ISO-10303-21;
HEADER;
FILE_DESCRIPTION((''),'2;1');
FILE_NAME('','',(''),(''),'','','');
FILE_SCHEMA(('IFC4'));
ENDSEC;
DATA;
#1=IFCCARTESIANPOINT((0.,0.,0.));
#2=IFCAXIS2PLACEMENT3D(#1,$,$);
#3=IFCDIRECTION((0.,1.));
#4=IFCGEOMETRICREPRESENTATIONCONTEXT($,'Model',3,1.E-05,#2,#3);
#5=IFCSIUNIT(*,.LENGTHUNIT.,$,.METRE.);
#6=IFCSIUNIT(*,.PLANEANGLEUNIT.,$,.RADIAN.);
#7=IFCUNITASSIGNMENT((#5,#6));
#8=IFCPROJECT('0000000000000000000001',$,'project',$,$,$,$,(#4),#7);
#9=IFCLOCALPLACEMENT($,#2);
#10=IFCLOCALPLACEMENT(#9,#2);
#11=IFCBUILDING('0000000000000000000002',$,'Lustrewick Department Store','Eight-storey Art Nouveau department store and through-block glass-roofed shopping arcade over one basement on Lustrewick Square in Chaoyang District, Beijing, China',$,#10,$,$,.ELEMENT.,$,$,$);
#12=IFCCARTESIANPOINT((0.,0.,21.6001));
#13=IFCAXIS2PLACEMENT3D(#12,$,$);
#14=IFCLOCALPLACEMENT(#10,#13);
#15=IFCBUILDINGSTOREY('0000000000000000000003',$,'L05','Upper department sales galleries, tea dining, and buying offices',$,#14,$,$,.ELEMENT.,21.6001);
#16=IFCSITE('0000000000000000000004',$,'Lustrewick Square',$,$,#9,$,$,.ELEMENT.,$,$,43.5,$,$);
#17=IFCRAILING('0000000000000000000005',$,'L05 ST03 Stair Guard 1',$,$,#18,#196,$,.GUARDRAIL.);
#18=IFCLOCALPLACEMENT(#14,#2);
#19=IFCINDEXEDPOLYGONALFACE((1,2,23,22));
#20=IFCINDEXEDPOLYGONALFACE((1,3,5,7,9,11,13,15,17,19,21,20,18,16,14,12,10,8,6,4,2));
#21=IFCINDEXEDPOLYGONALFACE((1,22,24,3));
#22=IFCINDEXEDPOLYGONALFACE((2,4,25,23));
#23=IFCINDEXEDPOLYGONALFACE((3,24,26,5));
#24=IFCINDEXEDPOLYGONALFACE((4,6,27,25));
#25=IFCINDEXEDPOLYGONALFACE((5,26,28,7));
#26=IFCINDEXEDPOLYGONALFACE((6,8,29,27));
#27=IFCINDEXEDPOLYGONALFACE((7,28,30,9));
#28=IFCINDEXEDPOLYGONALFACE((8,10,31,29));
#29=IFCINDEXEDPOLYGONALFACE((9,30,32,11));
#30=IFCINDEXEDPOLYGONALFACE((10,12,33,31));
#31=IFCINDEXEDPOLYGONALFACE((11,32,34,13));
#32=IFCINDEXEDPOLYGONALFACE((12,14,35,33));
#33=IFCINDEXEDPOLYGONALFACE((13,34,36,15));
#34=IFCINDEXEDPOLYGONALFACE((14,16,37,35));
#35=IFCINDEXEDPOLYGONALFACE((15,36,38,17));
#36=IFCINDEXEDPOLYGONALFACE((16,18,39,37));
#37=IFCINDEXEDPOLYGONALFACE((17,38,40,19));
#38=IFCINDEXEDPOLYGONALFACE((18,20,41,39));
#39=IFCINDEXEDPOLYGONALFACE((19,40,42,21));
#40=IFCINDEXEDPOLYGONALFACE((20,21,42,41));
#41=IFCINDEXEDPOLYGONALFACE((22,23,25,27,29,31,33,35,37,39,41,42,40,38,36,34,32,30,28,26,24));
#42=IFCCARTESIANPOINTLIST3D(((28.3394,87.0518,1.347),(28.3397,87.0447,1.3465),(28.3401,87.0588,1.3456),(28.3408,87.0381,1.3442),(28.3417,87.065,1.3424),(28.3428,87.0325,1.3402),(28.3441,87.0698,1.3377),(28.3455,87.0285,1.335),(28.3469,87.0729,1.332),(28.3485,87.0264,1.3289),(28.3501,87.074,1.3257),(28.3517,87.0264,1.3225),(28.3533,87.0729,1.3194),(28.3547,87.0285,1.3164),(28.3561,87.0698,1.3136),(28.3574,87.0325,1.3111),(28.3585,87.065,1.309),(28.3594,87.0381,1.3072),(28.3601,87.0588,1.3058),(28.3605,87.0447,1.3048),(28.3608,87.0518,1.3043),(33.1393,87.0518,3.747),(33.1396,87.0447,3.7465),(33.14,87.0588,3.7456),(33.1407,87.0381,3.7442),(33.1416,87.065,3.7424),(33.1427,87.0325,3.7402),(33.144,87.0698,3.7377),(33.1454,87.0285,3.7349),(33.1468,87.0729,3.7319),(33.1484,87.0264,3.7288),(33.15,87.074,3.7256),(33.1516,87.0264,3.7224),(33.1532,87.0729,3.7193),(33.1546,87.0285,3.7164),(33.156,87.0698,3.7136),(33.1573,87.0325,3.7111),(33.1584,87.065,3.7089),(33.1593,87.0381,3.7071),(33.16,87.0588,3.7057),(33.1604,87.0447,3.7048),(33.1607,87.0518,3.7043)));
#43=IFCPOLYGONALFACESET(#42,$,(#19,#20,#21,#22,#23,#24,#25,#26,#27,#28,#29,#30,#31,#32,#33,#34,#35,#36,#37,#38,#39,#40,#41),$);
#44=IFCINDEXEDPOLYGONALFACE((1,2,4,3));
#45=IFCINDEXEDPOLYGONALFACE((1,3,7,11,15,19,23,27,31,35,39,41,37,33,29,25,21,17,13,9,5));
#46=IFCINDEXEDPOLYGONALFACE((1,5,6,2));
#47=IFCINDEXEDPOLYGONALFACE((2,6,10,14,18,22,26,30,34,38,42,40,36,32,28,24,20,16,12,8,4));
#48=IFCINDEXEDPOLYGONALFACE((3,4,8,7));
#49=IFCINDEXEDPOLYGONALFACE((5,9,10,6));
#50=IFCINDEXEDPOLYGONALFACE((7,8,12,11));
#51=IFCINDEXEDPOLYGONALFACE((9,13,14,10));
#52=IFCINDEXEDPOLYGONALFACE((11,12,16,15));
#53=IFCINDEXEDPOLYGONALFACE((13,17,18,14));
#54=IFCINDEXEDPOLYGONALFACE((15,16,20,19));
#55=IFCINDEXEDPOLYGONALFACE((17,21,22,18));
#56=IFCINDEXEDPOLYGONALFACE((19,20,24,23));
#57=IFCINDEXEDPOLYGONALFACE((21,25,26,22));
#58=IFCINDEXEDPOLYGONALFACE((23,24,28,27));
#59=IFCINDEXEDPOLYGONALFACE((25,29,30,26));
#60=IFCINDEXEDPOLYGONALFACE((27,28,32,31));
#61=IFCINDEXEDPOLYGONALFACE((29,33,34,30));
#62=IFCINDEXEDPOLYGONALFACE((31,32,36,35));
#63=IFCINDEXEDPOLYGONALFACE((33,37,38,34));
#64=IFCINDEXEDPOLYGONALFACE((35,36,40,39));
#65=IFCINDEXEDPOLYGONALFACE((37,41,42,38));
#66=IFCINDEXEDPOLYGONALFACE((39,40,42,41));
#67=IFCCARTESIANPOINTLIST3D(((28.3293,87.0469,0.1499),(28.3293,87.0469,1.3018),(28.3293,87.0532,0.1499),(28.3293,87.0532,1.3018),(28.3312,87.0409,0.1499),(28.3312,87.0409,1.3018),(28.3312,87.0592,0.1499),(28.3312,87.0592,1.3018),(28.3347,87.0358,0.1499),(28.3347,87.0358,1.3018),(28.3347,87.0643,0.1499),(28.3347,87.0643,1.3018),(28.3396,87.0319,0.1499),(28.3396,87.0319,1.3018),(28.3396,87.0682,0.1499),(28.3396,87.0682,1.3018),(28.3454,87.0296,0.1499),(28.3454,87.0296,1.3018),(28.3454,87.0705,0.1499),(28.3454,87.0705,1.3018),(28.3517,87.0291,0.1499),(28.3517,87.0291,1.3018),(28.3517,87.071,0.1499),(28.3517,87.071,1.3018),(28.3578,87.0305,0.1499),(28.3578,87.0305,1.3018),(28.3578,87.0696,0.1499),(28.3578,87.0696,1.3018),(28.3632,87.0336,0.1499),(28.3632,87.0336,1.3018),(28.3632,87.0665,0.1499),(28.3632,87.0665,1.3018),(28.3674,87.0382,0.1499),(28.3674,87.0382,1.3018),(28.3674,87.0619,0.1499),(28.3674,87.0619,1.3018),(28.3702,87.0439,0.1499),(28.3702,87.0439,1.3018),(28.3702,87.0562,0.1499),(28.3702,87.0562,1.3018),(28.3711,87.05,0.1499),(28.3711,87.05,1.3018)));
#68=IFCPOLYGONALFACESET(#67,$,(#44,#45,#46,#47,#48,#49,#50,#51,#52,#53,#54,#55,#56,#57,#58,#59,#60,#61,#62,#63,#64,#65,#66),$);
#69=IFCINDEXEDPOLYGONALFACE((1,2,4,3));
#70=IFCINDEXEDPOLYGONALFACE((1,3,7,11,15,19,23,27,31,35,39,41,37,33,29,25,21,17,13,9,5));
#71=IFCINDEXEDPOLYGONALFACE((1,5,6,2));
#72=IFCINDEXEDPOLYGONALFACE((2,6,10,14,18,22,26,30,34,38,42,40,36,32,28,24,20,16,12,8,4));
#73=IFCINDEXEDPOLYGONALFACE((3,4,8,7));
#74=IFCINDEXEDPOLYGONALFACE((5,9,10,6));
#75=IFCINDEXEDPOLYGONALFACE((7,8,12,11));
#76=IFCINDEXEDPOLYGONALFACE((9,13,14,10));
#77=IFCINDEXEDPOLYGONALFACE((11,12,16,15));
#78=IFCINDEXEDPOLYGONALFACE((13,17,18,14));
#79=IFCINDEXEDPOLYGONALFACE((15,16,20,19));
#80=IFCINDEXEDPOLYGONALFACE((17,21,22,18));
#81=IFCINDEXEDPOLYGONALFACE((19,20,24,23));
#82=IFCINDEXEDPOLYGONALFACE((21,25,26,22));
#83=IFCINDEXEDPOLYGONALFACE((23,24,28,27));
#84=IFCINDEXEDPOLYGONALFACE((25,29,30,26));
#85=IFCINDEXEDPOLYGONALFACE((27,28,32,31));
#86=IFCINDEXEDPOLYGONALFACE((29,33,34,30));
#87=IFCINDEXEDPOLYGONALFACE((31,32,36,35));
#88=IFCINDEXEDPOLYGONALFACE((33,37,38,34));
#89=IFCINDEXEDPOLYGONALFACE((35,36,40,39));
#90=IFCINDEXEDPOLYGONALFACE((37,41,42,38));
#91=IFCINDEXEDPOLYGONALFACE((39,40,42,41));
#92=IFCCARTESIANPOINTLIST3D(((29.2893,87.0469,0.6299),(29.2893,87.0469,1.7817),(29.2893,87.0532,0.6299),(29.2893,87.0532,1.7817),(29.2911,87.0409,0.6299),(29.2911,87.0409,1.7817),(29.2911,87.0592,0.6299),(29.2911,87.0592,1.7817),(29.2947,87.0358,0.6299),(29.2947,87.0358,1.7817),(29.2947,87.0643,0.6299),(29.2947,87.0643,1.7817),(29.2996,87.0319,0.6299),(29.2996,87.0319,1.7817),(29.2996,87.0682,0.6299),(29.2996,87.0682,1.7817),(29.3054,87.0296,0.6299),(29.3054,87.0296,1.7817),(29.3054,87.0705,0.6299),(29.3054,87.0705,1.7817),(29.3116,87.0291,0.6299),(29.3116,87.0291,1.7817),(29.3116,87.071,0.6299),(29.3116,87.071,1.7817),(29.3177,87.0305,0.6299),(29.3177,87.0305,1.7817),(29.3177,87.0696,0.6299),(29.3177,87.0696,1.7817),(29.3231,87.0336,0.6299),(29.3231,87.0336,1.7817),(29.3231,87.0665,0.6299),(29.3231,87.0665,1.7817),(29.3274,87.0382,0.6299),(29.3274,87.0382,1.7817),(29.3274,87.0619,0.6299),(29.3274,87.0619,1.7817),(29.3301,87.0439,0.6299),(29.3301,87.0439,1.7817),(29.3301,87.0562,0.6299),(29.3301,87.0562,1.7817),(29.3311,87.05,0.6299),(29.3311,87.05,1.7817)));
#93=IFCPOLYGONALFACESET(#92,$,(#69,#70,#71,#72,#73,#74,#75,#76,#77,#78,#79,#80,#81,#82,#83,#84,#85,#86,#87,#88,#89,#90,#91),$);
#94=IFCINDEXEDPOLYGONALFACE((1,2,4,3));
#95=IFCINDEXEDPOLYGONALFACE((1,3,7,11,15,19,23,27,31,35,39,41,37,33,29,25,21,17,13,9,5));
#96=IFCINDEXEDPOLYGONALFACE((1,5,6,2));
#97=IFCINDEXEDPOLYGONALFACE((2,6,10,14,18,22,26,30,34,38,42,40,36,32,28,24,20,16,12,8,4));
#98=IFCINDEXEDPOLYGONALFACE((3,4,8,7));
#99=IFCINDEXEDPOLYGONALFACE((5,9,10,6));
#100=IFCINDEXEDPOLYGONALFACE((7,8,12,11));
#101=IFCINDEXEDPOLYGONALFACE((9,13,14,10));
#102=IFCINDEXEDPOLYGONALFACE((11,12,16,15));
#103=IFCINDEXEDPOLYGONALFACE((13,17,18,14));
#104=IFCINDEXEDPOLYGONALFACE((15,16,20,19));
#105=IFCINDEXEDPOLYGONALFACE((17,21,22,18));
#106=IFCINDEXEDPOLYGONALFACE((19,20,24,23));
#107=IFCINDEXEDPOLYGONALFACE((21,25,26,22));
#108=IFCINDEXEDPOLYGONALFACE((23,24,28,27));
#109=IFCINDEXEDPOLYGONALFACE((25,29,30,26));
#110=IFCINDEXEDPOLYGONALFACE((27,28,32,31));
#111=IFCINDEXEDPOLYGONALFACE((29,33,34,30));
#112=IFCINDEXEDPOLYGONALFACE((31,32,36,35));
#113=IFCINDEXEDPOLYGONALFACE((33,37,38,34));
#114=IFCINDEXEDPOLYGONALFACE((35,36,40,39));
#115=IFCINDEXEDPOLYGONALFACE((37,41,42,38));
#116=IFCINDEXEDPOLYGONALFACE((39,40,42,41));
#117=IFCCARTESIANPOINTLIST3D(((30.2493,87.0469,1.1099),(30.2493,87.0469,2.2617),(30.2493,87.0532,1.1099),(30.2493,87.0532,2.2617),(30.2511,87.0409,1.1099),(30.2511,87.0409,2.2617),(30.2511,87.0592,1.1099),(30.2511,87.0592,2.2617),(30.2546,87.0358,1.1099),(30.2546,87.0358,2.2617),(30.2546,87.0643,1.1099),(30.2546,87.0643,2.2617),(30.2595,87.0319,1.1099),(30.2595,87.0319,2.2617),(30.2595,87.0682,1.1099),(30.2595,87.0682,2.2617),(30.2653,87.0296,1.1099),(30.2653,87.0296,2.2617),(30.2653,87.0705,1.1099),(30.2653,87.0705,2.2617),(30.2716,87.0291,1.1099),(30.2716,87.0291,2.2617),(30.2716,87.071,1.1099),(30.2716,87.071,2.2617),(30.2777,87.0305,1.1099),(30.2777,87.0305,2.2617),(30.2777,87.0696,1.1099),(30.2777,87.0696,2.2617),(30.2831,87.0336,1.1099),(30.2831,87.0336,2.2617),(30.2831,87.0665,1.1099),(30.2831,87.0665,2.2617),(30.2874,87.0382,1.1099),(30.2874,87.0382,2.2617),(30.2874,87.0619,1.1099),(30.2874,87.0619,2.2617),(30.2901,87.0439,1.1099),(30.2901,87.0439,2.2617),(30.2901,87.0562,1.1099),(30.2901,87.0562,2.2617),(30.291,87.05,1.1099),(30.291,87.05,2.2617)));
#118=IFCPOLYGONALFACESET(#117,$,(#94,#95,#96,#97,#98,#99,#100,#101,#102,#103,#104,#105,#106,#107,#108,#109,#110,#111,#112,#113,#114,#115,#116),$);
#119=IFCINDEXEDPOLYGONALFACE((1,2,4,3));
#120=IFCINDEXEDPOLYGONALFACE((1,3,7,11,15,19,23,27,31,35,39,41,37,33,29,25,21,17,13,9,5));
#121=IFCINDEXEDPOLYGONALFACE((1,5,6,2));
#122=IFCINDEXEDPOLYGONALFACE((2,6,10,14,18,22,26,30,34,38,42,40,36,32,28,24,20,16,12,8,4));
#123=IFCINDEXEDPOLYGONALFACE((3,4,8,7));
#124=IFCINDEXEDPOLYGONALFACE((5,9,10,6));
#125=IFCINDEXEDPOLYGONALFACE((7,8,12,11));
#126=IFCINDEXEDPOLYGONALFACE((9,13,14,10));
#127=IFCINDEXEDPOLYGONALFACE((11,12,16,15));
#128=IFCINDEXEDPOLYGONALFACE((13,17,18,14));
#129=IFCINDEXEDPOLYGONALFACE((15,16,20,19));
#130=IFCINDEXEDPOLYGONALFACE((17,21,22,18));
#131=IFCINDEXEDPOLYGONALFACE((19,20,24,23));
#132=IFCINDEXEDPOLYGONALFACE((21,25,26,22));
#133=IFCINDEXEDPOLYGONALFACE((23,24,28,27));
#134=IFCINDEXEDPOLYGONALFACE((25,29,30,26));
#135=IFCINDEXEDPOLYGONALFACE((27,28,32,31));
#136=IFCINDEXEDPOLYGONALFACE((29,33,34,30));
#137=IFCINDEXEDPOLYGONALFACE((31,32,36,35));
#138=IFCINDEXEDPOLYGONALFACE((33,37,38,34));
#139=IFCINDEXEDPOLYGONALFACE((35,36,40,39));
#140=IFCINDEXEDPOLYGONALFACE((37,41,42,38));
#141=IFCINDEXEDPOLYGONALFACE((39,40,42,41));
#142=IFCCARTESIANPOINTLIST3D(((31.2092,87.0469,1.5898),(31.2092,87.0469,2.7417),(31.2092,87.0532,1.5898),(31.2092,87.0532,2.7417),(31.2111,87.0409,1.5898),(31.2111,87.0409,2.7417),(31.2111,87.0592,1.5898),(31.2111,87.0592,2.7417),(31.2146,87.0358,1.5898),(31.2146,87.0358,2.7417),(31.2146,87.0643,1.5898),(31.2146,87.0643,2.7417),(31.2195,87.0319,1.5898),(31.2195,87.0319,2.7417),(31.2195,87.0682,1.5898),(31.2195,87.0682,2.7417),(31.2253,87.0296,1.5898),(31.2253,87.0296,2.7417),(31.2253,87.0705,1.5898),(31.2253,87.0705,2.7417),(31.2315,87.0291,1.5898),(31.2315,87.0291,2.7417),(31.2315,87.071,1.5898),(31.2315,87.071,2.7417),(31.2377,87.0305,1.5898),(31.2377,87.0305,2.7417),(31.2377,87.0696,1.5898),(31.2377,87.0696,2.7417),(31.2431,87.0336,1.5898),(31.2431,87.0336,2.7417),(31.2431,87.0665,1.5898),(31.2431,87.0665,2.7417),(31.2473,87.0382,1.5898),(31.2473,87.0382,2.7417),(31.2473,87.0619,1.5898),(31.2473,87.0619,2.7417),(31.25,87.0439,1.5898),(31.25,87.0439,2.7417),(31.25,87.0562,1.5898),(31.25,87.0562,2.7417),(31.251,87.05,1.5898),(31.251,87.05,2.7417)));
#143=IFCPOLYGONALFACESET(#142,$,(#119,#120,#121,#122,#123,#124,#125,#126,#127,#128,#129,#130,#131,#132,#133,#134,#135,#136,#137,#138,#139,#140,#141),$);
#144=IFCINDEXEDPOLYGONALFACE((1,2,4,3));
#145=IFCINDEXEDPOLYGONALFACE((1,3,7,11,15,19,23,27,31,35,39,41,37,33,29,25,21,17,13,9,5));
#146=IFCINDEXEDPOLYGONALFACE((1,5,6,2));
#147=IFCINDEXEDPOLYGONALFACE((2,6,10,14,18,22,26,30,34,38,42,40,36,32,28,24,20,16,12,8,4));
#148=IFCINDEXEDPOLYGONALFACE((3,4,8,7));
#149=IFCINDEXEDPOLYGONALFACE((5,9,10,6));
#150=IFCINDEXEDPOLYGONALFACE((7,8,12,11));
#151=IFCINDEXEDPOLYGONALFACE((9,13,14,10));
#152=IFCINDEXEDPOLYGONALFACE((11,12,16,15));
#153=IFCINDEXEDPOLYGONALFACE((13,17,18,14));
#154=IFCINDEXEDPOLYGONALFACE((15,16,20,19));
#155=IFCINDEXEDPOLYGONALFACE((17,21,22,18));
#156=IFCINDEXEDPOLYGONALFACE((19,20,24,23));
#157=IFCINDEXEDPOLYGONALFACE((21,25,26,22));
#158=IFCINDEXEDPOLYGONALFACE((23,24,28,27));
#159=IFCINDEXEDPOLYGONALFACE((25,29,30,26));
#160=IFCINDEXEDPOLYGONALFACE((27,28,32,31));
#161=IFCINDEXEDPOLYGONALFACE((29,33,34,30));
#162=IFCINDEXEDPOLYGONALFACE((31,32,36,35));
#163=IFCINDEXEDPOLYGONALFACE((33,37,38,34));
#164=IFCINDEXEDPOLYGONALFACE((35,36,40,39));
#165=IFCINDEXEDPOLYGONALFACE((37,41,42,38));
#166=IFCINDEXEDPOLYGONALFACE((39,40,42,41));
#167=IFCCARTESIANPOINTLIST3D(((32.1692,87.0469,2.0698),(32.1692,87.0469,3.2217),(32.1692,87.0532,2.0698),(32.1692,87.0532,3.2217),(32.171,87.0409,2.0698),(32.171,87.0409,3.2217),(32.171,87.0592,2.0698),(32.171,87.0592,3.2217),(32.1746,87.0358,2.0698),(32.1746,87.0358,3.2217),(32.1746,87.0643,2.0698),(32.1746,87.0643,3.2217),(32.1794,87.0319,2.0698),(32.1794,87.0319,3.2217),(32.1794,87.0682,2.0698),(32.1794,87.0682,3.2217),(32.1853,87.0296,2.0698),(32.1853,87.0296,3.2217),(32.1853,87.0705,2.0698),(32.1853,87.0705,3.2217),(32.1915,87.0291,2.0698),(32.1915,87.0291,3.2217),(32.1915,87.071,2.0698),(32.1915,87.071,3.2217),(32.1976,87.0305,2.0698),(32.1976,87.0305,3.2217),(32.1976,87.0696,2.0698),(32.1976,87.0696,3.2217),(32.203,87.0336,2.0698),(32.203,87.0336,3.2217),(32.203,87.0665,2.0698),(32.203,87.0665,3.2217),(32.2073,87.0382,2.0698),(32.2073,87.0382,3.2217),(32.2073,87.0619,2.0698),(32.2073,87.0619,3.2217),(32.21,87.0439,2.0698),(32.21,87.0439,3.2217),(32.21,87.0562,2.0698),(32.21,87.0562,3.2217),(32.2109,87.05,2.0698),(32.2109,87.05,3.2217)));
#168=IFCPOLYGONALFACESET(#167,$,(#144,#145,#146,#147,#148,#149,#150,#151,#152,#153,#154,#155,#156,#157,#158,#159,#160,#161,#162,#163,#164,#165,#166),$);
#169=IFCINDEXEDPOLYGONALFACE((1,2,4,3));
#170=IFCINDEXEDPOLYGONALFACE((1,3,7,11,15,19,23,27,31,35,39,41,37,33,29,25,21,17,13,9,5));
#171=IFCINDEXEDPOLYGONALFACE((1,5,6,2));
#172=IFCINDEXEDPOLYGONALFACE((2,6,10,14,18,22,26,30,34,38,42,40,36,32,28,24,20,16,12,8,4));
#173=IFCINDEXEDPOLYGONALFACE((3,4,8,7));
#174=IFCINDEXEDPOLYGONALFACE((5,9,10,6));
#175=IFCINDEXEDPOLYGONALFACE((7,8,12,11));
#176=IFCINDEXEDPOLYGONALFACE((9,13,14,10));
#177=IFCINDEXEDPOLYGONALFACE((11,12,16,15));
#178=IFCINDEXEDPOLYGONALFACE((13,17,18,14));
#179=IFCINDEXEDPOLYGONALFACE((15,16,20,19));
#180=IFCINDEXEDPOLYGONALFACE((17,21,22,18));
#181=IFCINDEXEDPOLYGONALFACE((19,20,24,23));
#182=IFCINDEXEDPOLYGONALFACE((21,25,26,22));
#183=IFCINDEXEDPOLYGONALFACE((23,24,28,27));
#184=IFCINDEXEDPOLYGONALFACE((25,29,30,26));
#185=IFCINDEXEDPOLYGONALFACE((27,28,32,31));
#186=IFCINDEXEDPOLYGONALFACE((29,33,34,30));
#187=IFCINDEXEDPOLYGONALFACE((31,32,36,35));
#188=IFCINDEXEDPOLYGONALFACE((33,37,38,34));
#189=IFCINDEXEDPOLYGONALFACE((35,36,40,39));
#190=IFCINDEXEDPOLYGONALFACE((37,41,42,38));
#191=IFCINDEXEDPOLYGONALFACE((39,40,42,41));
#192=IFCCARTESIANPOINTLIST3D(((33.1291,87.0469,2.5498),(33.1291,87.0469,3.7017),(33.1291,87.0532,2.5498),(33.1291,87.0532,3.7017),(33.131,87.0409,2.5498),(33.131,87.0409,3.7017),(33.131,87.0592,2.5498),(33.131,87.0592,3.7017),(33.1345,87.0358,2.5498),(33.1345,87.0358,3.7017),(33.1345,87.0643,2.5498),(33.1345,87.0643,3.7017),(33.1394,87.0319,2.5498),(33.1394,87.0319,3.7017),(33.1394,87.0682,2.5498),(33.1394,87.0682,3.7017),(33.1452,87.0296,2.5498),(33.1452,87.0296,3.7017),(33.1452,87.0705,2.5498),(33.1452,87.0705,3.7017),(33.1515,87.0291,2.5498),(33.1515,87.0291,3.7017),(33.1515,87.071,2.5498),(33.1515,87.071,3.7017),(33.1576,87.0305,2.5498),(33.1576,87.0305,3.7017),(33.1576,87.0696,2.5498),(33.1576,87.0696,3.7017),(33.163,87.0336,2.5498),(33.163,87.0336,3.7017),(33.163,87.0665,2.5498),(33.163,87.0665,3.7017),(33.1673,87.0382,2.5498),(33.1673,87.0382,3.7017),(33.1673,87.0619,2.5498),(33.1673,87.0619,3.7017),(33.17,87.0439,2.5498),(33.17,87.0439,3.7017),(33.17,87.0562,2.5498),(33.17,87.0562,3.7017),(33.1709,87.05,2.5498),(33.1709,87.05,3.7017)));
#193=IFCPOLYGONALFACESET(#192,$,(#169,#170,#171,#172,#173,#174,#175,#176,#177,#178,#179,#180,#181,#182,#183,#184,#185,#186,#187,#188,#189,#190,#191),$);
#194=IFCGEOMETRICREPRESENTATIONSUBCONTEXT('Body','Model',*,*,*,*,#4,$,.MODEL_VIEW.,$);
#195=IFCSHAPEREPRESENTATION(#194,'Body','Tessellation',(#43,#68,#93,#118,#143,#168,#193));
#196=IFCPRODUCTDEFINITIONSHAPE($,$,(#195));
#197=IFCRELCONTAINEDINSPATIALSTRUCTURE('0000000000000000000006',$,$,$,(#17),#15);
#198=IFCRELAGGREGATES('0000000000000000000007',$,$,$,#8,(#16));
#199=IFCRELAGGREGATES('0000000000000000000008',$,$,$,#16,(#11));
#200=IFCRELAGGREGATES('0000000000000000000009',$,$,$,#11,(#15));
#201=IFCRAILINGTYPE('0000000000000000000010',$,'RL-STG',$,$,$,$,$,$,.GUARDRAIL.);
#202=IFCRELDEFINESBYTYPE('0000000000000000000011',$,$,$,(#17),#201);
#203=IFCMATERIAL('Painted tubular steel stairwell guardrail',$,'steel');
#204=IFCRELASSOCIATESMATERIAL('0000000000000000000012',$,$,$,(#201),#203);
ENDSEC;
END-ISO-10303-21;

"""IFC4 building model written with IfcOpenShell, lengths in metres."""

from ifc_helpers import new_model, si_unit, direction, frame, origin, origin_2d, place, context, subcontext, project, spatial, circle, extrude, material, type_object, element, save


model = new_model("IFC4")

# Units and contexts
model_context = context("Model", 3, precision=1e-05, world=origin(), true_north=direction((0.0, 1.0)))
body_context = subcontext(model_context, "Body", "Model", "MODEL_VIEW")
ifc_project = project(units=[si_unit("LENGTHUNIT", "METRE"), si_unit("PLANEANGLEUNIT", "RADIAN")], contexts=[model_context])

# Site, building, storey
site_placement = place(None, origin())
site = spatial("IfcSite", under=ifc_project, at=site_placement, Name="Lustrewick Square", CompositionType="ELEMENT", RefElevation=43.5)
building_placement = place(site_placement, origin())
building = spatial("IfcBuilding", under=site, at=building_placement, Name="Lustrewick Department Store", Description="Eight-storey Art Nouveau department store and through-block glass-roofed shopping arcade over one basement on Lustrewick Square in Chaoyang District, Beijing, China", CompositionType="ELEMENT")
storey_placement = place(building_placement, frame((0.0, 0.0, 21.6001)))
storey = spatial("IfcBuildingStorey", under=building, at=storey_placement, Name="L05", Description="Upper department sales galleries, tea dining, and buying offices", CompositionType="ELEMENT", Elevation=21.6001)

# Railing
ifc_material_1 = material(Name="Painted tubular steel stairwell guardrail", Category="steel")
railing_type_1 = type_object("IfcRailingType", Name="RL-STG", PredefinedType="GUARDRAIL", material=ifc_material_1)
railing_1_placement = place(storey_placement, frame((28.3501, 87.05, 0.1499)))
element("IfcRailing", 1, at=railing_1_placement, inside=storey, type_object=railing_type_1, Name="L05 ST03 Stair Guard 1", PredefinedType="GUARDRAIL", context=body_context, shape_type="SweptSolid", body=[
    extrude(circle(Radius=0.0239, at=origin_2d()), frame((0.0, 0.0, 1.1758), z_axis=(0.894427, 0.0, 0.447214), x_axis=(0.0, 1.0, 0.0)), (0.0, 0.0, 1.0), 5.3665),
    extrude(circle(Radius=0.021, at=origin_2d()), origin(), (0.0, 0.0, 1.0), 1.1519),
    extrude(circle(Radius=0.021, at=origin_2d()), frame((0.96, 0.0, 0.48)), (0.0, 0.0, 1.0), 1.1519),
    extrude(circle(Radius=0.021, at=origin_2d()), frame((1.9199, 0.0, 0.96)), (0.0, 0.0, 1.0), 1.1519),
    extrude(circle(Radius=0.021, at=origin_2d()), frame((2.8799, 0.0, 1.4399)), (0.0, 0.0, 1.0), 1.1519),
    extrude(circle(Radius=0.021, at=origin_2d()), frame((3.8398, 0.0, 1.9199)), (0.0, 0.0, 1.0), 1.1519),
    extrude(circle(Radius=0.021, at=origin_2d()), frame((4.7998, 0.0, 2.3999)), (0.0, 0.0, 1.0), 1.1519),
])

save(model, "model.ifc")
